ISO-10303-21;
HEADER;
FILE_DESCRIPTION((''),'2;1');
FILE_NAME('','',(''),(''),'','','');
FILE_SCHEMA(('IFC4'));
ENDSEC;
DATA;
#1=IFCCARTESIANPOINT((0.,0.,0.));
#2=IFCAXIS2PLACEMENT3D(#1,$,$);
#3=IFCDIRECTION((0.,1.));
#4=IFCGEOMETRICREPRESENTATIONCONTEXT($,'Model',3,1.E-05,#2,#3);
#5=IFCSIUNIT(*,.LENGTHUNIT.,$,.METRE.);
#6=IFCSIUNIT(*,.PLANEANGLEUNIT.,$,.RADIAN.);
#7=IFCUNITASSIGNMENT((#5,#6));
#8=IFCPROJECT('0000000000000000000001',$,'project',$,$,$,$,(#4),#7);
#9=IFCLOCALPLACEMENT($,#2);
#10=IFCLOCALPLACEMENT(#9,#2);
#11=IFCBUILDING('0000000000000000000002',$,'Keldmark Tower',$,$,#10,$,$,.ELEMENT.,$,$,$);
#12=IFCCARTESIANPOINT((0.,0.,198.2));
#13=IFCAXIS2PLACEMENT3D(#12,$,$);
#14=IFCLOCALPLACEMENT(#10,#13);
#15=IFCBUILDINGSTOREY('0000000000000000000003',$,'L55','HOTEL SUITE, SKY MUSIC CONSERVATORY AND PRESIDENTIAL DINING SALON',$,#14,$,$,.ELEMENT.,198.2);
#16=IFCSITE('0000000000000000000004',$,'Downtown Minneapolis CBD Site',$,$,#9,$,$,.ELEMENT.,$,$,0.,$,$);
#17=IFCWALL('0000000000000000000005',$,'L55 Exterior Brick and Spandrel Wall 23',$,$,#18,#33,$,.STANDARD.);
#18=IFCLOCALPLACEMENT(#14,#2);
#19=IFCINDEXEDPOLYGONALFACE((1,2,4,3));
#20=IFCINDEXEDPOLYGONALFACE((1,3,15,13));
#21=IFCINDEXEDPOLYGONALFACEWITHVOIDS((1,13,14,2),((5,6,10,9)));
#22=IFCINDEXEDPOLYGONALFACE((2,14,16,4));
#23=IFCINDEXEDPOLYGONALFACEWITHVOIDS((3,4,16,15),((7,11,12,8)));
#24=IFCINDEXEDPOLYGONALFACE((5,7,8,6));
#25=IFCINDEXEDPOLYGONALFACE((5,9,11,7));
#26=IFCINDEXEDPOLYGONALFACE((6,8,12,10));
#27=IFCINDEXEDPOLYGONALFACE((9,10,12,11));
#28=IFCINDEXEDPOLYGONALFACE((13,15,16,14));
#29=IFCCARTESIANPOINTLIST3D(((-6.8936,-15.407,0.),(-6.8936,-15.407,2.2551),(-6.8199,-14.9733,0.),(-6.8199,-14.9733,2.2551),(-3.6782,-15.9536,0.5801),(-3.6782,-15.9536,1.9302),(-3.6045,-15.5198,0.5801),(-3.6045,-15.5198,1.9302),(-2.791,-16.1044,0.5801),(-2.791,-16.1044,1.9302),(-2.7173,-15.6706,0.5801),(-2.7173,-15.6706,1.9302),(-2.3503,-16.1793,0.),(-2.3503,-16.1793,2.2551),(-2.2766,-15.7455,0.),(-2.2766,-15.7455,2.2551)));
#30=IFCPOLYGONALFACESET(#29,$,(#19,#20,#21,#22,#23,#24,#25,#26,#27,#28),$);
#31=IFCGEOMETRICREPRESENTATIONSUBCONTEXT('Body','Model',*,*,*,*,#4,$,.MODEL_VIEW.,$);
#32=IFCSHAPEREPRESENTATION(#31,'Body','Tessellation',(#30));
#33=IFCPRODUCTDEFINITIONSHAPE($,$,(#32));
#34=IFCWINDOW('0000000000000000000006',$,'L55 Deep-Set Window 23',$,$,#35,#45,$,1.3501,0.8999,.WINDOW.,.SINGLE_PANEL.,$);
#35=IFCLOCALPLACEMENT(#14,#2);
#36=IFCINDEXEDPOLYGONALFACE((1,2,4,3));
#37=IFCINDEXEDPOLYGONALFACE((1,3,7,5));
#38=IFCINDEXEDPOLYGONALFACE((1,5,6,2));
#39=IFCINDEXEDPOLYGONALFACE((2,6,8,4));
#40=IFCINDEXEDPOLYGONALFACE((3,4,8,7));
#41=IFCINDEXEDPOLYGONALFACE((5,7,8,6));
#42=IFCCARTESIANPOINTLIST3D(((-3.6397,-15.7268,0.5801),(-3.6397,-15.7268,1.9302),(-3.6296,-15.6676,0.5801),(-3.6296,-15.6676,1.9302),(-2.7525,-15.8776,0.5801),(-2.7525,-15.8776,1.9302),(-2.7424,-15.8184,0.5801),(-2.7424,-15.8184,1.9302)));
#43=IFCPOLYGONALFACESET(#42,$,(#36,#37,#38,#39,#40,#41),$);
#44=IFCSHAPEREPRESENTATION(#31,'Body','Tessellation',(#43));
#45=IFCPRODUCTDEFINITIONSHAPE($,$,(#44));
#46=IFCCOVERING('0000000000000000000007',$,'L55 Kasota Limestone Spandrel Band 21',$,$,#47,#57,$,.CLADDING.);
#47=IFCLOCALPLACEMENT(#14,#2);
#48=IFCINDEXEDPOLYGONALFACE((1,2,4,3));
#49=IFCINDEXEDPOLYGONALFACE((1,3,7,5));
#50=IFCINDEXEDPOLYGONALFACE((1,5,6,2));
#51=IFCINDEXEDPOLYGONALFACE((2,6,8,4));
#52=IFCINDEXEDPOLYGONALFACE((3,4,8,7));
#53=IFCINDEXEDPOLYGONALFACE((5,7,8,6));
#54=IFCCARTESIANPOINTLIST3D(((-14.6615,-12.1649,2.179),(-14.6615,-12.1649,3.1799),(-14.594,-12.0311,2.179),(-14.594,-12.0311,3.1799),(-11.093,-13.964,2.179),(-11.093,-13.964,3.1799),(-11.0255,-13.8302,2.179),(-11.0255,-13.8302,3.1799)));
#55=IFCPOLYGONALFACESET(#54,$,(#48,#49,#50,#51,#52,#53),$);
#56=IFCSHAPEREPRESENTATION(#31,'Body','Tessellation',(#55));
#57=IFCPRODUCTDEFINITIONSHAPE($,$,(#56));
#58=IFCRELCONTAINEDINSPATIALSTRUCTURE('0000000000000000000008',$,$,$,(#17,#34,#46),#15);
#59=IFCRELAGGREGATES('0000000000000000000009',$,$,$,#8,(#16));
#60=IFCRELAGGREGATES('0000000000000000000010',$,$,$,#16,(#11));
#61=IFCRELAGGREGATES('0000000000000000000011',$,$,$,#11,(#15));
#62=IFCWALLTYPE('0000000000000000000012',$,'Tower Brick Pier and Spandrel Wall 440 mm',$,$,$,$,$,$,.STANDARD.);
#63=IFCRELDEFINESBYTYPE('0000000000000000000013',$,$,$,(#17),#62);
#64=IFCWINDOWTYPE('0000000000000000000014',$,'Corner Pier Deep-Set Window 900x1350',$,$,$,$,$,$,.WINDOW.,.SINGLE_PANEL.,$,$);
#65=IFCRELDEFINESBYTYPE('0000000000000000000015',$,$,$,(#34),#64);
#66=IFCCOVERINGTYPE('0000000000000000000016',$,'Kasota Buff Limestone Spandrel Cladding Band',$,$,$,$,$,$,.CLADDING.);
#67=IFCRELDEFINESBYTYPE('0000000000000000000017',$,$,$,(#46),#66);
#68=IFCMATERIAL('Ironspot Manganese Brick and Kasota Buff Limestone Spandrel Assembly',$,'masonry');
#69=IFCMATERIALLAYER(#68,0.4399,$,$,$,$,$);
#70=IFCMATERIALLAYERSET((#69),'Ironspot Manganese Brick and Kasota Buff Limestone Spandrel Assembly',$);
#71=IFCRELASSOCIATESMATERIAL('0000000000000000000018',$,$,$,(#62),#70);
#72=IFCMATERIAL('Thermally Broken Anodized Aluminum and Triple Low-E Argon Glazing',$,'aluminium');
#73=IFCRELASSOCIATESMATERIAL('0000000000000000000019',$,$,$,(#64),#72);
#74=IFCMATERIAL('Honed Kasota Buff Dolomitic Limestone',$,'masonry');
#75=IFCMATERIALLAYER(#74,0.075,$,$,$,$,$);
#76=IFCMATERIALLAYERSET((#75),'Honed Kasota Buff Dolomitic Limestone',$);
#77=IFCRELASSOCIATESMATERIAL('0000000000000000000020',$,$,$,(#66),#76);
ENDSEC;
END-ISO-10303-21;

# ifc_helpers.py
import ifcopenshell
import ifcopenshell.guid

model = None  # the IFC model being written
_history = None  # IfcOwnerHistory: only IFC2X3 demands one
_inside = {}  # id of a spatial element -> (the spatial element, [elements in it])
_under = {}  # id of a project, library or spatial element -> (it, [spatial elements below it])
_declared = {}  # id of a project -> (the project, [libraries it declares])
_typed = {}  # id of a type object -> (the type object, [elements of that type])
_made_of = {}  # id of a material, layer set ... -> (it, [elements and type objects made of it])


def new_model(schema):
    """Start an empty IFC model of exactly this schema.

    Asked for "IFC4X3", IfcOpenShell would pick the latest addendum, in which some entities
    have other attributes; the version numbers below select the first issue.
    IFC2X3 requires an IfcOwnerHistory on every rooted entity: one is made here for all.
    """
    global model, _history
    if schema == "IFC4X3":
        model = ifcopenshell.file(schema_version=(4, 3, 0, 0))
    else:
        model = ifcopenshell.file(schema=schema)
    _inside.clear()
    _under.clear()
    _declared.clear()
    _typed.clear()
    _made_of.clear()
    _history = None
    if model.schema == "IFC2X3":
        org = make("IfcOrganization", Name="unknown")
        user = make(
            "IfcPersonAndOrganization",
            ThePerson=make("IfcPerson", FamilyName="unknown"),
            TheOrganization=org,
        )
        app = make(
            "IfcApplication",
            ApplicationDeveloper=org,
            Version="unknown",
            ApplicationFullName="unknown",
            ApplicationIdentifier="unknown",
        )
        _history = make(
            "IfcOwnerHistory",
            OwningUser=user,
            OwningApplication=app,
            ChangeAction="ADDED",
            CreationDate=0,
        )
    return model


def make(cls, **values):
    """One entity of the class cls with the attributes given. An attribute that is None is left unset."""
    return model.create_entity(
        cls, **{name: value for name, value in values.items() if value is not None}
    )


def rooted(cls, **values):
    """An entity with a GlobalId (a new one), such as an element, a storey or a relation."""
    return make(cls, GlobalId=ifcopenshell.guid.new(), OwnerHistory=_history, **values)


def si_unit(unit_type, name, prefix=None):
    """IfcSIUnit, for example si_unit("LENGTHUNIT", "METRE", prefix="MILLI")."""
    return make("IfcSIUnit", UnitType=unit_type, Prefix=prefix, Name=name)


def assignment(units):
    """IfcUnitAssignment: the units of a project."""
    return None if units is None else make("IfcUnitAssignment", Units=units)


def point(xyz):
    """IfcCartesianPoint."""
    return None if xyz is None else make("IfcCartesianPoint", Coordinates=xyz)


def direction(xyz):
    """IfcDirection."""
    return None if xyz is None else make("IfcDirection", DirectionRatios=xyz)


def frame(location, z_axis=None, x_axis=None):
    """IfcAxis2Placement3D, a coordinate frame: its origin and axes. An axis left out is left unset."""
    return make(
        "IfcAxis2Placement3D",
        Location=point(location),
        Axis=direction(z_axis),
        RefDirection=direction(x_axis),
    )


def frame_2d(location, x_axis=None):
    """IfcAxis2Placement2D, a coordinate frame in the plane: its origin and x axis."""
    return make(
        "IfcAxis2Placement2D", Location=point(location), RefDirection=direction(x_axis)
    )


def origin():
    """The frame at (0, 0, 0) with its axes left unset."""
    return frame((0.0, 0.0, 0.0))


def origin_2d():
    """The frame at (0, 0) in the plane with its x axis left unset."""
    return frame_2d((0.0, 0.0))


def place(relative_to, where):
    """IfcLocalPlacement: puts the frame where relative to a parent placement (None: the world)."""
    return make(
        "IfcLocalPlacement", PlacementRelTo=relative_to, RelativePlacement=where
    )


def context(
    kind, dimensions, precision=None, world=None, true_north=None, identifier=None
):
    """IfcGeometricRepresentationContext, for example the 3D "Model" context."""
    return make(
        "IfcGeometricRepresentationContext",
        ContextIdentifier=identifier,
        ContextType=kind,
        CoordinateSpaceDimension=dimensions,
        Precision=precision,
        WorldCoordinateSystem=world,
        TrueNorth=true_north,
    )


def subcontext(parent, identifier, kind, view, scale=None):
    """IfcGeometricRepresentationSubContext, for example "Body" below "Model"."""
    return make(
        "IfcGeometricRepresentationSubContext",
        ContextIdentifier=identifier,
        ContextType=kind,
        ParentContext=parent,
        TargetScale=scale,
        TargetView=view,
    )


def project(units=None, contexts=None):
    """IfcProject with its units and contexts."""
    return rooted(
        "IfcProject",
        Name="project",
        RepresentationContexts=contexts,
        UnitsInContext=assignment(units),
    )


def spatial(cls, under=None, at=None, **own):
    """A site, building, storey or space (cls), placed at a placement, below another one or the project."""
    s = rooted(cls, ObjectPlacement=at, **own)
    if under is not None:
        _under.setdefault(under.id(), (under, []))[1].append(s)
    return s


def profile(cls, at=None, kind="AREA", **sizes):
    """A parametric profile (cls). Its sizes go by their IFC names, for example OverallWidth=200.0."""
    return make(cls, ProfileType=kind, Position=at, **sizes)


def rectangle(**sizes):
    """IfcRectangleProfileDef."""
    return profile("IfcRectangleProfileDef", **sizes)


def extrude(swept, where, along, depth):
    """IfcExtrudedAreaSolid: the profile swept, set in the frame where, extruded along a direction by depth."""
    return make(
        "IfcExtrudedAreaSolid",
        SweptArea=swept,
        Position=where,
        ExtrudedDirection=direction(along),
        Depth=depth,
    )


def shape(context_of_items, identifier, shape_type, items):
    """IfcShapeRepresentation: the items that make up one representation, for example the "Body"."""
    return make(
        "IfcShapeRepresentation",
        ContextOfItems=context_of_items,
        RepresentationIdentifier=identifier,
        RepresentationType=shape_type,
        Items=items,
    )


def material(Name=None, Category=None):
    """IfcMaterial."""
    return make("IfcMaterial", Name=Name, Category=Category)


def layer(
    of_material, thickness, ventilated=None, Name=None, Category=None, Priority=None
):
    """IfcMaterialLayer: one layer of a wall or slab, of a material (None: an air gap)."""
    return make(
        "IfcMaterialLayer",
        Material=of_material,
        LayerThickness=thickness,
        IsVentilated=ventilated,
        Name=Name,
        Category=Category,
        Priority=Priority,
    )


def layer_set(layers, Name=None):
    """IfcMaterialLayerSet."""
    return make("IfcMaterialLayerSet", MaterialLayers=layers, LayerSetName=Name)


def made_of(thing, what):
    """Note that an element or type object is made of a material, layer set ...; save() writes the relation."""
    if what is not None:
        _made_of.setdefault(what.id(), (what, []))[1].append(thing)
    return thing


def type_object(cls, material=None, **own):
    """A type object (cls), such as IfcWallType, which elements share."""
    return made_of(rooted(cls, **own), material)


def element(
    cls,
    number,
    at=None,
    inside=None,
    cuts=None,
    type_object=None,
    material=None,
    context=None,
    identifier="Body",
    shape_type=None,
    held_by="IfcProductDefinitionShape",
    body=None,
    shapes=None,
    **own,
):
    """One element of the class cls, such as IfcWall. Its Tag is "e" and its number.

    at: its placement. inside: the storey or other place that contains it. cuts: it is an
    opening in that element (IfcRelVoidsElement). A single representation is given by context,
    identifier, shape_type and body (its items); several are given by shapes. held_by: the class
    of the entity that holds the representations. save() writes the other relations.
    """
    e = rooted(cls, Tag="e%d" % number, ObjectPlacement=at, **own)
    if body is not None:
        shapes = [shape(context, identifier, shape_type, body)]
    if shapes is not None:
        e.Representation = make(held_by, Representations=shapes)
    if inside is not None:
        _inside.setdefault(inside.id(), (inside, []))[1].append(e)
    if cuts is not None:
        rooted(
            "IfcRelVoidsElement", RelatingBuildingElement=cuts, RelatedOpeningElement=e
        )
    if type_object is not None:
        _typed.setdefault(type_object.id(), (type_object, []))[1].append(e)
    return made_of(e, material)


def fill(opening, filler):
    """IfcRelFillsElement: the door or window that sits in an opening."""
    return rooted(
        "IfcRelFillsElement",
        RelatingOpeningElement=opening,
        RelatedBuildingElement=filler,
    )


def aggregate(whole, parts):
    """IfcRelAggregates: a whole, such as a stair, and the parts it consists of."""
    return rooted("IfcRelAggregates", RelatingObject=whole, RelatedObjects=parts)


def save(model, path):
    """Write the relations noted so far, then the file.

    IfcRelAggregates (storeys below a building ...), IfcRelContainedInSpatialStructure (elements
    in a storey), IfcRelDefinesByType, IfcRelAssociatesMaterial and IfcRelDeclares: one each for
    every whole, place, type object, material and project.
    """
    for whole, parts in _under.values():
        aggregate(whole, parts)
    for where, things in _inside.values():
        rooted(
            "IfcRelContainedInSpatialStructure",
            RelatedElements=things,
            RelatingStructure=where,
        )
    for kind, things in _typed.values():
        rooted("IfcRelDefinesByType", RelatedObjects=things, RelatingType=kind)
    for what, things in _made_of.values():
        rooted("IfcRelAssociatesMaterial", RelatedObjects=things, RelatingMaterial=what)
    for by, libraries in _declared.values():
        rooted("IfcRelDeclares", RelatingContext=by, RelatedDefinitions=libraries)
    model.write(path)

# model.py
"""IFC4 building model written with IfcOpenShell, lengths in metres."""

from ifc_helpers import new_model, si_unit, direction, frame, frame_2d, origin, origin_2d, place, context, subcontext, project, spatial, rectangle, extrude, material, layer, layer_set, type_object, element, fill, save


model = new_model("IFC4")

# Units and contexts
model_context = context("Model", 3, precision=1e-05, world=origin(), true_north=direction((0.0, 1.0)))
body_context = subcontext(model_context, "Body", "Model", "MODEL_VIEW")
ifc_project = project(units=[si_unit("LENGTHUNIT", "METRE"), si_unit("PLANEANGLEUNIT", "RADIAN")], contexts=[model_context])

# Site, building, storey
site_placement = place(None, origin())
site = spatial("IfcSite", under=ifc_project, at=site_placement, Name="Downtown Minneapolis CBD Site", CompositionType="ELEMENT", RefElevation=0.0)
building_placement = place(site_placement, origin())
building = spatial("IfcBuilding", under=site, at=building_placement, Name="Keldmark Tower", CompositionType="ELEMENT")
storey_placement = place(building_placement, frame((0.0, 0.0, 198.2)))
storey = spatial("IfcBuildingStorey", under=building, at=storey_placement, Name="L55", Description="HOTEL SUITE, SKY MUSIC CONSERVATORY AND PRESIDENTIAL DINING SALON", CompositionType="ELEMENT", Elevation=198.2)

# Wall, opening, window
ifc_material_1 = material(Name="Ironspot Manganese Brick and Kasota Buff Limestone Spandrel Assembly", Category="masonry")
ifc_layer_1 = layer(ifc_material_1, 0.4399)
ifc_layer_set_1 = layer_set([ifc_layer_1], Name="Ironspot Manganese Brick and Kasota Buff Limestone Spandrel Assembly")
wall_type = type_object("IfcWallType", Name="Tower Brick Pier and Spandrel Wall 440 mm", PredefinedType="STANDARD", material=ifc_layer_set_1)
ifc_material_2 = material(Name="Thermally Broken Anodized Aluminum and Triple Low-E Argon Glazing", Category="aluminium")
window_type = type_object("IfcWindowType", Name="Corner Pier Deep-Set Window 900x1350", PartitioningType="SINGLE_PANEL", PredefinedType="WINDOW", material=ifc_material_2)
wall_1_placement = place(storey_placement, frame((-2.3135, -15.9624, 0.0), z_axis=(0.0, 0.0, 1.0), x_axis=(-0.98586, 0.167568, 0.0)))
wall_1 = element("IfcWall", 1, at=wall_1_placement, inside=storey, type_object=wall_type, Name="L55 Exterior Brick and Spandrel Wall 23", PredefinedType="STANDARD", context=body_context, shape_type="SweptSolid", body=[
    extrude(rectangle(XDim=4.6084, YDim=0.4399, at=frame_2d((2.3042, 0.0))), origin(), (0.0, 0.0, 1.0), 2.2551),
])
opening_1_placement = place(wall_1_placement, frame((0.447, 0.0, 0.5801)))
opening_1 = element("IfcOpeningElement", 2, at=opening_1_placement, cuts=wall_1, PredefinedType="OPENING", context=body_context, shape_type="SweptSolid", body=[
    extrude(rectangle(XDim=0.8999, YDim=1.3501, at=frame_2d((0.45, 0.675))), frame((0.0, 0.23, 0.0), z_axis=(0.0, -1.0, 0.0), x_axis=(1.0, 0.0, 0.0)), (0.0, 0.0, 1.0), 0.46),
])
window_1_placement = place(opening_1_placement, origin())
window_1 = element("IfcWindow", 3, at=window_1_placement, inside=storey, type_object=window_type, Name="L55 Deep-Set Window 23", OverallHeight=1.3501, OverallWidth=0.8999, PartitioningType="SINGLE_PANEL", PredefinedType="WINDOW", context=body_context, shape_type="SweptSolid", body=[
    extrude(rectangle(XDim=0.8999, YDim=1.3501, at=frame_2d((0.45, 0.675))), frame((0.0, -0.01, 0.0), z_axis=(0.0, -1.0, 0.0), x_axis=(1.0, 0.0, 0.0)), (0.0, 0.0, 1.0), 0.0601),
])
fill(opening_1, window_1)

# Covering
ifc_material_3 = material(Name="Honed Kasota Buff Dolomitic Limestone", Category="masonry")
ifc_layer_2 = layer(ifc_material_3, 0.075)
ifc_layer_set_2 = layer_set([ifc_layer_2], Name="Honed Kasota Buff Dolomitic Limestone")
covering_type = type_object("IfcCoveringType", Name="Kasota Buff Limestone Spandrel Cladding Band", PredefinedType="CLADDING", material=ifc_layer_set_2)
covering_placement = place(storey_placement, frame((-12.8435, -12.9976, 2.179), z_axis=(0.0, 0.0, 1.0), x_axis=(0.892932, -0.450192, 0.0)))
element("IfcCovering", 4, at=covering_placement, inside=storey, type_object=covering_type, Name="L55 Kasota Limestone Spandrel Band 21", PredefinedType="CLADDING", context=body_context, shape_type="SweptSolid", body=[
    extrude(rectangle(XDim=3.9963, YDim=0.1499, at=origin_2d()), origin(), (0.0, 0.0, 1.0), 1.001),
])

save(model, "model.ifc")
